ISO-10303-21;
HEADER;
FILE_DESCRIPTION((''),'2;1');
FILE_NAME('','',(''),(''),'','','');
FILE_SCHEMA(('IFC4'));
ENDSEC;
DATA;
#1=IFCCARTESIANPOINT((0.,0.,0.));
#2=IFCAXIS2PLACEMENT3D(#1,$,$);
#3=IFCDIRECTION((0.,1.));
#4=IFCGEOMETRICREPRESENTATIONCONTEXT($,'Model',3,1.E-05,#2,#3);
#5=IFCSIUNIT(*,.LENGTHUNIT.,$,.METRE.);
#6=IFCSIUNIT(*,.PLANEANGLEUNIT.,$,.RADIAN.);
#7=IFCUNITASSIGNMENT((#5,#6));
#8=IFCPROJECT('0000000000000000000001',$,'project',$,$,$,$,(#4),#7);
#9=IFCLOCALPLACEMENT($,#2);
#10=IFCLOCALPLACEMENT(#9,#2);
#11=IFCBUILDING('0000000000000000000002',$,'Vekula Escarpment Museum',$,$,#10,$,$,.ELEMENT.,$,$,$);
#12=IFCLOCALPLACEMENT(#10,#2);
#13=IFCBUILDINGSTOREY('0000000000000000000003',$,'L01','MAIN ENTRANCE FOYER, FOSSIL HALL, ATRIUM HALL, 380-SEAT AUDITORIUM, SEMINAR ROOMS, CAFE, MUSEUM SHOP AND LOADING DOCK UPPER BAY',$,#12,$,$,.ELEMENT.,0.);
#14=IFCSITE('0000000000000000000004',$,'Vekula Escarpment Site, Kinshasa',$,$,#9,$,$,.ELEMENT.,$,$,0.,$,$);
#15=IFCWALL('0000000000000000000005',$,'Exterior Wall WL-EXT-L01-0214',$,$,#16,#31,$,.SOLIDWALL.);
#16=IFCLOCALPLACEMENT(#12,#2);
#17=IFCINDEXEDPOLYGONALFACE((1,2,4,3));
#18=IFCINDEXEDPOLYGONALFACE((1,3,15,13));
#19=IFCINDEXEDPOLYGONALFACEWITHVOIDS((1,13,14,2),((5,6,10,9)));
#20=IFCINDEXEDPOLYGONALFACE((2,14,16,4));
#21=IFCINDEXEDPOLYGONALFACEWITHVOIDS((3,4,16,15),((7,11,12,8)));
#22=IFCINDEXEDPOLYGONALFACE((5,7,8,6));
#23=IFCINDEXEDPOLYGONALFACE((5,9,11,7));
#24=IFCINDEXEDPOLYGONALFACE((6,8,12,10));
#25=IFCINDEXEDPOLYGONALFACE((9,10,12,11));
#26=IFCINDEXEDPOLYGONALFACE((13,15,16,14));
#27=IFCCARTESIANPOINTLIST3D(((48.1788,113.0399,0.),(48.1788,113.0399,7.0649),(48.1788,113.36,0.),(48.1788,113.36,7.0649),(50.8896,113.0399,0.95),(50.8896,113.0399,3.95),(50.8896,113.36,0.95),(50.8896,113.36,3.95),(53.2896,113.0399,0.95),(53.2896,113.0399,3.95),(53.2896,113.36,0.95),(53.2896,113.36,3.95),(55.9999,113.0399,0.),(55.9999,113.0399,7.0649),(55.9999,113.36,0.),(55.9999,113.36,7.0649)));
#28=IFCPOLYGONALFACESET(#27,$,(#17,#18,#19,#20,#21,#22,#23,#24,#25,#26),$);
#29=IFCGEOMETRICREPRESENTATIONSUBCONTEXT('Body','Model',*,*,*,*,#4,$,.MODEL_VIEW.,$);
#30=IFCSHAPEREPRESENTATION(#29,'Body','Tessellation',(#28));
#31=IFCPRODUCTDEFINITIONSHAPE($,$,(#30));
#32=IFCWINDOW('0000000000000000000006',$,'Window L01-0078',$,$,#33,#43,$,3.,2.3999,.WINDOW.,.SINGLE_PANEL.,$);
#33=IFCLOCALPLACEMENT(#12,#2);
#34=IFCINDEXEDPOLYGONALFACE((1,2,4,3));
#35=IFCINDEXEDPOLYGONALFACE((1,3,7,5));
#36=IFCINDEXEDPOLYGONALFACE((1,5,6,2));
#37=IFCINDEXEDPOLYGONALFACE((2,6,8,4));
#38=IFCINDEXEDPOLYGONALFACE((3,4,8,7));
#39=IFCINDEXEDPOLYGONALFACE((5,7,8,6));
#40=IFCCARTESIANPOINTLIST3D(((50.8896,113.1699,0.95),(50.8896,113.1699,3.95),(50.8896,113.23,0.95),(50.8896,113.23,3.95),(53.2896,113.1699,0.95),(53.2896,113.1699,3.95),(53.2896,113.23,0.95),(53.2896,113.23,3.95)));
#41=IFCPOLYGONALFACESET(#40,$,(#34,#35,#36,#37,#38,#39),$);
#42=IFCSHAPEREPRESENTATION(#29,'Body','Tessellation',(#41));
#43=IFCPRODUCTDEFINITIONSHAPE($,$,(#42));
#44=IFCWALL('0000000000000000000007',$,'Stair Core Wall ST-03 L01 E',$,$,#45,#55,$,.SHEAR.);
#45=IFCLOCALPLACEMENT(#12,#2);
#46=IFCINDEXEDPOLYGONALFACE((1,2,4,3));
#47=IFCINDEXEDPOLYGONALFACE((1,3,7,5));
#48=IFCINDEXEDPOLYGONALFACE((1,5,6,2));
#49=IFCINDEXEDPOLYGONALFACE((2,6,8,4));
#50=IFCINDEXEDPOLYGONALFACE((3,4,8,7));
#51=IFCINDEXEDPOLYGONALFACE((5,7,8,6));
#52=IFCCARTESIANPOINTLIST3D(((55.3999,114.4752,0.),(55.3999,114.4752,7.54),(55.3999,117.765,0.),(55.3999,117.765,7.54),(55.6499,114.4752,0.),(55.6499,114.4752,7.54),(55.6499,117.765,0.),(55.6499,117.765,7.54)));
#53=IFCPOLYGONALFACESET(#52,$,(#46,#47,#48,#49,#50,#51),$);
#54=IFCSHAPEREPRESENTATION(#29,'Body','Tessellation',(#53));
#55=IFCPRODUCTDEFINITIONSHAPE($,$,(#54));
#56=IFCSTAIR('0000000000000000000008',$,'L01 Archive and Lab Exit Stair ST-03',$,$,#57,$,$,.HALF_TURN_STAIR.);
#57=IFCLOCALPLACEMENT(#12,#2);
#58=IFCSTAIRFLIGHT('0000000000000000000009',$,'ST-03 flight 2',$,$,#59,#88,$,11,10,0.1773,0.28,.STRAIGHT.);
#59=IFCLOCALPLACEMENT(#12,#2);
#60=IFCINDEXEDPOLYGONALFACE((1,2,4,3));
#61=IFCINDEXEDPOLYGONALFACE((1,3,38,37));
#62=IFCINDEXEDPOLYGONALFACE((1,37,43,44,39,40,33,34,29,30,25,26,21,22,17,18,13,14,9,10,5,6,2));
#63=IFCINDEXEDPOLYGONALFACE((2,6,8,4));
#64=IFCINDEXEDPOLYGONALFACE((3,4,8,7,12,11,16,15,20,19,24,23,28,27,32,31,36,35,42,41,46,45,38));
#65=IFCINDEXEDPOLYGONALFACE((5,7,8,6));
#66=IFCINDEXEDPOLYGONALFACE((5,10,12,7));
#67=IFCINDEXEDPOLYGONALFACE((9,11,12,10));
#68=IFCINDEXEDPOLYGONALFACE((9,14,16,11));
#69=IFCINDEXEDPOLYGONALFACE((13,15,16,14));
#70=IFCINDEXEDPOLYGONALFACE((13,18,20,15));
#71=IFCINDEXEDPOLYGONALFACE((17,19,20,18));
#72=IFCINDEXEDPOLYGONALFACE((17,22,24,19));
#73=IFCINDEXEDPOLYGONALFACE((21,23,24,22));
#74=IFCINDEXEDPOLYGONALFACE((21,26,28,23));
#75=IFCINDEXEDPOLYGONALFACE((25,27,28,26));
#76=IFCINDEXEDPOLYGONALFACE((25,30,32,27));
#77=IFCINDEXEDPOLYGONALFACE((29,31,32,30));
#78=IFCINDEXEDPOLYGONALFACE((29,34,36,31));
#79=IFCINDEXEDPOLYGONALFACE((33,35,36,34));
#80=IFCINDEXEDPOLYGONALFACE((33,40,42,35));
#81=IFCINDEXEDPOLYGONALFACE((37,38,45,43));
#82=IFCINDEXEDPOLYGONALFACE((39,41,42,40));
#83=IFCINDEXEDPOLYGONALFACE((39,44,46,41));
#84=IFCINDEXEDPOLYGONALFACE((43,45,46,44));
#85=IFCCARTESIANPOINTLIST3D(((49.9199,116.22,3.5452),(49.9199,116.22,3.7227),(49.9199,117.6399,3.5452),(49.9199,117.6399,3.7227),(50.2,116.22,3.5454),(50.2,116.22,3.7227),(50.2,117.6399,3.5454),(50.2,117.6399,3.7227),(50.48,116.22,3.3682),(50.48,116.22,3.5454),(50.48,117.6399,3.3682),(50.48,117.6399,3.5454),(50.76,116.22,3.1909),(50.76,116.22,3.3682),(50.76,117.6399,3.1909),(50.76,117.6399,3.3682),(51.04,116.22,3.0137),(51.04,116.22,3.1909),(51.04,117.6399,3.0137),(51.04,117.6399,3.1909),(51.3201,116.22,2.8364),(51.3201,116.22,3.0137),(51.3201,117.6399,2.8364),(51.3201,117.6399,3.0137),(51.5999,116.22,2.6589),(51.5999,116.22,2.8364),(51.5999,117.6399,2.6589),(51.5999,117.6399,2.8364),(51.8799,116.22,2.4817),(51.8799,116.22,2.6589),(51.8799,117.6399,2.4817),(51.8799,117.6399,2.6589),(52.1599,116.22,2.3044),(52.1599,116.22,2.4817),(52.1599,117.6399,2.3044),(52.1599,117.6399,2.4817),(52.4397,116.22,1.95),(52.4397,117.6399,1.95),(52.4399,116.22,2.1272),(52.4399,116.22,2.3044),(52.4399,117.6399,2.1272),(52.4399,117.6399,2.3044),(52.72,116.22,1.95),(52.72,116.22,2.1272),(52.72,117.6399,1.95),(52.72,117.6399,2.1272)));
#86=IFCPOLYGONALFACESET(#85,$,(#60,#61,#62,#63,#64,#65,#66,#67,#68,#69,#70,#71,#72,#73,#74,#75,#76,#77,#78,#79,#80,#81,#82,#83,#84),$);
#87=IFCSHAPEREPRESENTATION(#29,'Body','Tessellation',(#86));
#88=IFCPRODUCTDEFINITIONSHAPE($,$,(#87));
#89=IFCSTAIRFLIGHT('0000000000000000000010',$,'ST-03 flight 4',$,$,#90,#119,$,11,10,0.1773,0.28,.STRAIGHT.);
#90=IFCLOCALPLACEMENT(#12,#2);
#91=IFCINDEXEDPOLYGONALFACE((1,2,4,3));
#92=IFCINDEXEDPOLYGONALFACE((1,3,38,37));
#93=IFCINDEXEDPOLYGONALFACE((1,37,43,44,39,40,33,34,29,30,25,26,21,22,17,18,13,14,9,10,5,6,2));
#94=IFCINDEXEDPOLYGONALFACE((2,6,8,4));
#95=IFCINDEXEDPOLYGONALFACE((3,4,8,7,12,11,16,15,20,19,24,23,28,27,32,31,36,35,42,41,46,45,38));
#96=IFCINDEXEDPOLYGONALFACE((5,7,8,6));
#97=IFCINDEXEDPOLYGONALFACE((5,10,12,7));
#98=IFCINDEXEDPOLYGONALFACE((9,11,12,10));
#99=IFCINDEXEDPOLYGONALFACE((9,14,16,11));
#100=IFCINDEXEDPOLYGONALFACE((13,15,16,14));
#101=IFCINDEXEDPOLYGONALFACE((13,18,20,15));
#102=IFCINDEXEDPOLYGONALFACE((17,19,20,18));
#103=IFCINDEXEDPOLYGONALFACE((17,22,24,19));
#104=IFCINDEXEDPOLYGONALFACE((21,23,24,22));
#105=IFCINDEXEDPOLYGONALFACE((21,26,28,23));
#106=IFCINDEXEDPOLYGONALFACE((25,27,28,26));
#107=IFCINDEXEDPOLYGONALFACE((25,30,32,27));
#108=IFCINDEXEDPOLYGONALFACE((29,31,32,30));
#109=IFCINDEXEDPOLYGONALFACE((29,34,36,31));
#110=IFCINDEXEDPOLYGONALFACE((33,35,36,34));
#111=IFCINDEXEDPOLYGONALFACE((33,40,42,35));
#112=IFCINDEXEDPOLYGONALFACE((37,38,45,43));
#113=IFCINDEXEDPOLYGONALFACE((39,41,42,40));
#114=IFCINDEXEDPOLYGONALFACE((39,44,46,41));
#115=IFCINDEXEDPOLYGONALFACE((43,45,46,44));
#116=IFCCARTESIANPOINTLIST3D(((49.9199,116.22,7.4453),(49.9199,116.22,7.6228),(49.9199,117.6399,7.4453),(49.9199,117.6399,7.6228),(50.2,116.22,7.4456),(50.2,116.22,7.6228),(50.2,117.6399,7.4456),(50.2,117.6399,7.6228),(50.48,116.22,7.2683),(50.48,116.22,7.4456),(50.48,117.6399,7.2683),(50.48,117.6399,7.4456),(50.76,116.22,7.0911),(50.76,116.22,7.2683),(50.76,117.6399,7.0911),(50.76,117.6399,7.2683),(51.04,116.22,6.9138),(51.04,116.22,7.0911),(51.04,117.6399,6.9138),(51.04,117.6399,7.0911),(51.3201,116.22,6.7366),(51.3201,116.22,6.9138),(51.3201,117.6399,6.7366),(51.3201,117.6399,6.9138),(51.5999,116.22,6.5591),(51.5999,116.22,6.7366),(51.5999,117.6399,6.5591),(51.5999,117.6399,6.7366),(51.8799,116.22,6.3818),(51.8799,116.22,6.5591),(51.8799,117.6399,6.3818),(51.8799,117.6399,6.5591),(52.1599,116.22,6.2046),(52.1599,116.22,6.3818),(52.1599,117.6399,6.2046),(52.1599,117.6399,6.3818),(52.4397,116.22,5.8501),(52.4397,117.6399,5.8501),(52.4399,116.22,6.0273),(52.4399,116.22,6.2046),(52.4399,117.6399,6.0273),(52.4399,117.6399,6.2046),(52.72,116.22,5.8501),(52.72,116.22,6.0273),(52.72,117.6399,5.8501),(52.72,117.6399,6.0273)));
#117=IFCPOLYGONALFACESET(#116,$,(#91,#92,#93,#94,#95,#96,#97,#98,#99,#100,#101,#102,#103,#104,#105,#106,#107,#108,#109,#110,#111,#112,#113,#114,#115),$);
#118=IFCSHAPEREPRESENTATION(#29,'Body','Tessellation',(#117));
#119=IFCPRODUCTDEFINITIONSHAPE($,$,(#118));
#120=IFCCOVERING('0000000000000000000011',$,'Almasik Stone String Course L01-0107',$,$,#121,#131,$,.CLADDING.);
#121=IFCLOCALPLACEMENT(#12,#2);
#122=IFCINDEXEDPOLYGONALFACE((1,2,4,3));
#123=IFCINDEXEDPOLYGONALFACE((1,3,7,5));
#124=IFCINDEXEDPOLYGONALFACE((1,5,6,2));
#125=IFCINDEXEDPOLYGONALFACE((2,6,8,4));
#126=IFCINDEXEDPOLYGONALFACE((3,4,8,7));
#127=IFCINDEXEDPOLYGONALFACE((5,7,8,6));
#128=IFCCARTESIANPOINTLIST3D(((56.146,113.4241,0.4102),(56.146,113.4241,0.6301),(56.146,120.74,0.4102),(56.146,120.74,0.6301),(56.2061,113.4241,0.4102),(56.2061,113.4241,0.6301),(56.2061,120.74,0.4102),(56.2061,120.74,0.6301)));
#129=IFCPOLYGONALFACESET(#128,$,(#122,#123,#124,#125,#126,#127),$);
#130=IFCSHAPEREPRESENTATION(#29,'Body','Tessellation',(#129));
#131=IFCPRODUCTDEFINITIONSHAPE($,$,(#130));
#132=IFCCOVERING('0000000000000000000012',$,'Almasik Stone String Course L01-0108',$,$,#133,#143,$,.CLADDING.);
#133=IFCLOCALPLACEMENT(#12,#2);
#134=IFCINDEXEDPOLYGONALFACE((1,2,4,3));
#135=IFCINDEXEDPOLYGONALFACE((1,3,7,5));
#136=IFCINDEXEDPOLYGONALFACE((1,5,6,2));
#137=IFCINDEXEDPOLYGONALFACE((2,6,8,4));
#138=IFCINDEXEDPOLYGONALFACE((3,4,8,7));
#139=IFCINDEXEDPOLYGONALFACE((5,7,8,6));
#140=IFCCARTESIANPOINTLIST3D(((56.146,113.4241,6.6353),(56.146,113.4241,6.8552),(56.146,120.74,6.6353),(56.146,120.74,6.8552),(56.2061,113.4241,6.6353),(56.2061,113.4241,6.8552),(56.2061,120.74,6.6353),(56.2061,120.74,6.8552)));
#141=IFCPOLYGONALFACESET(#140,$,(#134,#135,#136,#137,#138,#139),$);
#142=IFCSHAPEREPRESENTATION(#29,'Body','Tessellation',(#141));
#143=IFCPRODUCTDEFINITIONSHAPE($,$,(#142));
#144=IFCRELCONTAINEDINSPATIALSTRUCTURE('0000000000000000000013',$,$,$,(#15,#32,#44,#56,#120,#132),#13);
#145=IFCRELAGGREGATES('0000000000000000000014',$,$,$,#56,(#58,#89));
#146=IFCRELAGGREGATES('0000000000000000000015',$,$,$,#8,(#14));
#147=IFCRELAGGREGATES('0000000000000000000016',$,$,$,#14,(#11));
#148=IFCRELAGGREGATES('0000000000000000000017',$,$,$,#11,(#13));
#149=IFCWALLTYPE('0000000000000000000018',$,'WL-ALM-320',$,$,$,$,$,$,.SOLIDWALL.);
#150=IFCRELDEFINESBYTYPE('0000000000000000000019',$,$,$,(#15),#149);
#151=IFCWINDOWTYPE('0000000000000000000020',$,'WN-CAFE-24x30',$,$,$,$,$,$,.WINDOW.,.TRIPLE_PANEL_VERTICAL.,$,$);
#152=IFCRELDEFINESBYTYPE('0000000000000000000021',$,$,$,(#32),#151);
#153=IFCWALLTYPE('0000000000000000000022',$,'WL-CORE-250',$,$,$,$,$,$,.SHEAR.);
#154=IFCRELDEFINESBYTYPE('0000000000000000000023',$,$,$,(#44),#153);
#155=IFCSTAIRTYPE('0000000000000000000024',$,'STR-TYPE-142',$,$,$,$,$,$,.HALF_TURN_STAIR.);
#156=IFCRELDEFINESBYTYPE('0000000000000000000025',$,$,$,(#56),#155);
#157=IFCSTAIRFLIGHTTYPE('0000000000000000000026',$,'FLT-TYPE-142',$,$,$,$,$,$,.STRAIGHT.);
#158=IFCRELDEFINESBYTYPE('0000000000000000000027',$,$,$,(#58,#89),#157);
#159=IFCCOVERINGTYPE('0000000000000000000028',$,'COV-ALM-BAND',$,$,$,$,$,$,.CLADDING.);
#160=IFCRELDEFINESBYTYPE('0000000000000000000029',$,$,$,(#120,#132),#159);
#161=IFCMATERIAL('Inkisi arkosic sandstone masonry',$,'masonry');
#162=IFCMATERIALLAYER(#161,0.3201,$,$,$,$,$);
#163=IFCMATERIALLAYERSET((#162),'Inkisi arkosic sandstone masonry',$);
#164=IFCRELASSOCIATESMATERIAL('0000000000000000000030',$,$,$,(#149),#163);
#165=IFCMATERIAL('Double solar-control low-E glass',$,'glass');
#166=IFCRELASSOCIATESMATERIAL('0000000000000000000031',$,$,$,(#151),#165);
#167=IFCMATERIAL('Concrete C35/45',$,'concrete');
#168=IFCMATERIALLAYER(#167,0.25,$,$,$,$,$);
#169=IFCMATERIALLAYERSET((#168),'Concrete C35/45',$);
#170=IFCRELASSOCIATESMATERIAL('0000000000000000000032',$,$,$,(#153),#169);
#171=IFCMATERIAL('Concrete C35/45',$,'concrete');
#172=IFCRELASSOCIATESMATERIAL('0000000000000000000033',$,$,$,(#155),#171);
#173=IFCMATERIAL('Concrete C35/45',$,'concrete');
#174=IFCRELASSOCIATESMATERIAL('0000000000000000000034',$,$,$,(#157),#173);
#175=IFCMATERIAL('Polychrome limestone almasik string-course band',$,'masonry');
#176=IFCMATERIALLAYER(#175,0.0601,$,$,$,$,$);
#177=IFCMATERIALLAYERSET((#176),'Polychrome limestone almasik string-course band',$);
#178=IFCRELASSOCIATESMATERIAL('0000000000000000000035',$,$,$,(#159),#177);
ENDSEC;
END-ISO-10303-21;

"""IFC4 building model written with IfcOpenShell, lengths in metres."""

from ifc_helpers import new_model, si_unit, direction, frame, frame_2d, origin, origin_2d, place, context, subcontext, project, spatial, polyline, rectangle, outline, extrude, material, layer, layer_set, type_object, element, fill, aggregate, save


model = new_model("IFC4")

# Units and contexts
model_context = context("Model", 3, precision=1e-05, world=origin(), true_north=direction((0.0, 1.0)))
body_context = subcontext(model_context, "Body", "Model", "MODEL_VIEW")
ifc_project = project(units=[si_unit("LENGTHUNIT", "METRE"), si_unit("PLANEANGLEUNIT", "RADIAN")], contexts=[model_context])

# Site, building, storey
site_placement = place(None, origin())
site = spatial("IfcSite", under=ifc_project, at=site_placement, Name="Vekula Escarpment Site, Kinshasa", CompositionType="ELEMENT", RefElevation=0.0)
building_placement = place(site_placement, origin())
building = spatial("IfcBuilding", under=site, at=building_placement, Name="Vekula Escarpment Museum", CompositionType="ELEMENT")
storey_placement = place(building_placement, origin())
storey = spatial("IfcBuildingStorey", under=building, at=storey_placement, Name="L01", Description="MAIN ENTRANCE FOYER, FOSSIL HALL, ATRIUM HALL, 380-SEAT AUDITORIUM, SEMINAR ROOMS, CAFE, MUSEUM SHOP AND LOADING DOCK UPPER BAY", CompositionType="ELEMENT", Elevation=0.0)

# Wall, opening, window
ifc_material_1 = material(Name="Inkisi arkosic sandstone masonry", Category="masonry")
ifc_layer_1 = layer(ifc_material_1, 0.3201)
ifc_layer_set_1 = layer_set([ifc_layer_1], Name="Inkisi arkosic sandstone masonry")
wall_type_1 = type_object("IfcWallType", Name="WL-ALM-320", PredefinedType="SOLIDWALL", material=ifc_layer_set_1)
wall_1_placement = place(storey_placement, frame((56.0, 113.2, 0.0), z_axis=(0.0, 0.0, 1.0), x_axis=(-1.0, 0.0, 0.0)))
wall_1 = element("IfcWall", 1, at=wall_1_placement, inside=storey, type_object=wall_type_1, Name="Exterior Wall WL-EXT-L01-0214", PredefinedType="SOLIDWALL", context=body_context, shape_type="SweptSolid", body=[
    extrude(rectangle(XDim=7.821, YDim=0.3201, at=frame_2d((3.9106, 0.0))), origin(), (0.0, 0.0, 1.0), 7.0649),
])
opening_placement = place(wall_1_placement, frame((2.7104, 0.0, 0.95)))
opening = element("IfcOpeningElement", 2, at=opening_placement, cuts=wall_1, PredefinedType="OPENING", context=body_context, shape_type="SweptSolid", body=[
    extrude(rectangle(XDim=2.3999, YDim=3.0, at=frame_2d((1.2, 1.5))), frame((0.0, 0.1699, 0.0), z_axis=(0.0, -1.0, 0.0), x_axis=(1.0, 0.0, 0.0)), (0.0, 0.0, 1.0), 0.3401),
])
ifc_material_2 = material(Name="Double solar-control low-E glass", Category="glass")
window_type = type_object("IfcWindowType", Name="WN-CAFE-24x30", PartitioningType="TRIPLE_PANEL_VERTICAL", PredefinedType="WINDOW", material=ifc_material_2)
window_placement = place(opening_placement, origin())
window = element("IfcWindow", 3, at=window_placement, inside=storey, type_object=window_type, Name="Window L01-0078", OverallHeight=3.0, OverallWidth=2.3999, PartitioningType="SINGLE_PANEL", PredefinedType="WINDOW", context=body_context, shape_type="SweptSolid", body=[
    extrude(rectangle(XDim=2.3999, YDim=3.0, at=frame_2d((1.2, 1.5))), frame((0.0, 0.03, 0.0), z_axis=(0.0, -1.0, 0.0), x_axis=(1.0, 0.0, 0.0)), (0.0, 0.0, 1.0), 0.0601),
])
fill(opening, window)

# Wall
ifc_material_3 = material(Name="Concrete C35/45", Category="concrete")
ifc_layer_2 = layer(ifc_material_3, 0.25)
ifc_layer_set_2 = layer_set([ifc_layer_2], Name="Concrete C35/45")
wall_type_2 = type_object("IfcWallType", Name="WL-CORE-250", PredefinedType="SHEAR", material=ifc_layer_set_2)
wall_2_placement = place(storey_placement, frame((55.5249, 114.4751, 0.0), z_axis=(0.0, 0.0, 1.0), x_axis=(0.0, 1.0, 0.0)))
element("IfcWall", 4, at=wall_2_placement, inside=storey, type_object=wall_type_2, Name="Stair Core Wall ST-03 L01 E", PredefinedType="SHEAR", context=body_context, shape_type="SweptSolid", body=[
    extrude(rectangle(XDim=3.2898, YDim=0.25, at=frame_2d((1.645, 0.0))), origin(), (0.0, 0.0, 1.0), 7.54),
])

# Stair, stair flights
ifc_material_4 = material(Name="Concrete C35/45", Category="concrete")
stair_type = type_object("IfcStairType", Name="STR-TYPE-142", PredefinedType="HALF_TURN_STAIR", material=ifc_material_4)
stair_placement = place(storey_placement, origin())
stair = element("IfcStair", 5, at=stair_placement, inside=storey, type_object=stair_type, Name="L01 Archive and Lab Exit Stair ST-03", PredefinedType="HALF_TURN_STAIR")
ifc_material_5 = material(Name="Concrete C35/45", Category="concrete")
stair_flight_type = type_object("IfcStairFlightType", Name="FLT-TYPE-142", PredefinedType="STRAIGHT", material=ifc_material_5)
stair_flight_1_placement = place(storey_placement, frame((52.72, 116.9299, 1.95), z_axis=(0.0, 0.0, 1.0), x_axis=(-1.0, 0.0, 0.0)))
stair_flight_1 = element("IfcStairFlight", 6, at=stair_flight_1_placement, type_object=stair_flight_type, Name="ST-03 flight 2", NumberOfRisers=11, NumberOfTreads=10, PredefinedType="STRAIGHT", RiserHeight=0.1773, TreadLength=0.28, context=body_context, shape_type="SweptSolid", body=[
    extrude(outline(polyline([(0.0, 0.0), (0.0, 0.1772), (0.28, 0.1772), (0.28, 0.3545), (0.5601, 0.3545), (0.5601, 0.5317), (0.8401, 0.5317), (0.8401, 0.709), (1.1201, 0.709), (1.1201, 0.8865), (1.3999, 0.8865), (1.3999, 1.0637), (1.6799, 1.0637), (1.6799, 1.241), (1.96, 1.241), (1.96, 1.4182), (2.24, 1.4182), (2.24, 1.5955), (2.52, 1.5955), (2.52, 1.7727), (2.8, 1.7727), (2.8, 1.95), (2.8, 1.5952), (0.2803, 0.0), (0.0, 0.0)])), frame((0.0, 0.71, 0.0), z_axis=(0.0, -1.0, 0.0), x_axis=(1.0, 0.0, 0.0)), (0.0, 0.0, 1.0), 1.4199),
])
stair_flight_2_placement = place(storey_placement, frame((52.72, 116.9299, 5.8501), z_axis=(0.0, 0.0, 1.0), x_axis=(-1.0, 0.0, 0.0)))
stair_flight_2 = element("IfcStairFlight", 7, at=stair_flight_2_placement, type_object=stair_flight_type, Name="ST-03 flight 4", NumberOfRisers=11, NumberOfTreads=10, PredefinedType="STRAIGHT", RiserHeight=0.1773, TreadLength=0.28, context=body_context, shape_type="SweptSolid", body=[
    extrude(outline(polyline([(0.0, 0.0), (0.0, 0.1772), (0.28, 0.1772), (0.28, 0.3545), (0.5601, 0.3545), (0.5601, 0.5317), (0.8401, 0.5317), (0.8401, 0.709), (1.1201, 0.709), (1.1201, 0.8865), (1.3999, 0.8865), (1.3999, 1.0637), (1.6799, 1.0637), (1.6799, 1.241), (1.96, 1.241), (1.96, 1.4182), (2.24, 1.4182), (2.24, 1.5955), (2.52, 1.5955), (2.52, 1.7727), (2.8, 1.7727), (2.8, 1.95), (2.8, 1.5952), (0.2803, 0.0), (0.0, 0.0)])), frame((0.0, 0.71, 0.0), z_axis=(0.0, -1.0, 0.0), x_axis=(1.0, 0.0, 0.0)), (0.0, 0.0, 1.0), 1.4199),
])
aggregate(stair, [stair_flight_1, stair_flight_2])

# Coverings
ifc_material_6 = material(Name="Polychrome limestone almasik string-course band", Category="masonry")
ifc_layer_3 = layer(ifc_material_6, 0.0601)
ifc_layer_set_3 = layer_set([ifc_layer_3], Name="Polychrome limestone almasik string-course band")
covering_type = type_object("IfcCoveringType", Name="COV-ALM-BAND", PredefinedType="CLADDING", material=ifc_layer_set_3)
for number, where, z_axis, x_axis, name in (
    (8, (56.176, 117.082, 0.4102), (0.0, 0.0, 1.0), (0.0, 1.0, 0.0), "Almasik Stone String Course L01-0107"),
    (9, (56.176, 117.082, 6.6353), (0.0, 0.0, 1.0), (0.0, 1.0, 0.0), "Almasik Stone String Course L01-0108"),
):
    element("IfcCovering", number, at=place(storey_placement, frame(where, z_axis=z_axis, x_axis=x_axis)), inside=storey, type_object=covering_type, Name=name, PredefinedType="CLADDING", context=body_context, shape_type="SweptSolid", body=[
        extrude(rectangle(XDim=7.3159, YDim=0.0601, at=origin_2d()), origin(), (0.0, 0.0, 1.0), 0.22),
    ])

save(model, "model.ifc")
